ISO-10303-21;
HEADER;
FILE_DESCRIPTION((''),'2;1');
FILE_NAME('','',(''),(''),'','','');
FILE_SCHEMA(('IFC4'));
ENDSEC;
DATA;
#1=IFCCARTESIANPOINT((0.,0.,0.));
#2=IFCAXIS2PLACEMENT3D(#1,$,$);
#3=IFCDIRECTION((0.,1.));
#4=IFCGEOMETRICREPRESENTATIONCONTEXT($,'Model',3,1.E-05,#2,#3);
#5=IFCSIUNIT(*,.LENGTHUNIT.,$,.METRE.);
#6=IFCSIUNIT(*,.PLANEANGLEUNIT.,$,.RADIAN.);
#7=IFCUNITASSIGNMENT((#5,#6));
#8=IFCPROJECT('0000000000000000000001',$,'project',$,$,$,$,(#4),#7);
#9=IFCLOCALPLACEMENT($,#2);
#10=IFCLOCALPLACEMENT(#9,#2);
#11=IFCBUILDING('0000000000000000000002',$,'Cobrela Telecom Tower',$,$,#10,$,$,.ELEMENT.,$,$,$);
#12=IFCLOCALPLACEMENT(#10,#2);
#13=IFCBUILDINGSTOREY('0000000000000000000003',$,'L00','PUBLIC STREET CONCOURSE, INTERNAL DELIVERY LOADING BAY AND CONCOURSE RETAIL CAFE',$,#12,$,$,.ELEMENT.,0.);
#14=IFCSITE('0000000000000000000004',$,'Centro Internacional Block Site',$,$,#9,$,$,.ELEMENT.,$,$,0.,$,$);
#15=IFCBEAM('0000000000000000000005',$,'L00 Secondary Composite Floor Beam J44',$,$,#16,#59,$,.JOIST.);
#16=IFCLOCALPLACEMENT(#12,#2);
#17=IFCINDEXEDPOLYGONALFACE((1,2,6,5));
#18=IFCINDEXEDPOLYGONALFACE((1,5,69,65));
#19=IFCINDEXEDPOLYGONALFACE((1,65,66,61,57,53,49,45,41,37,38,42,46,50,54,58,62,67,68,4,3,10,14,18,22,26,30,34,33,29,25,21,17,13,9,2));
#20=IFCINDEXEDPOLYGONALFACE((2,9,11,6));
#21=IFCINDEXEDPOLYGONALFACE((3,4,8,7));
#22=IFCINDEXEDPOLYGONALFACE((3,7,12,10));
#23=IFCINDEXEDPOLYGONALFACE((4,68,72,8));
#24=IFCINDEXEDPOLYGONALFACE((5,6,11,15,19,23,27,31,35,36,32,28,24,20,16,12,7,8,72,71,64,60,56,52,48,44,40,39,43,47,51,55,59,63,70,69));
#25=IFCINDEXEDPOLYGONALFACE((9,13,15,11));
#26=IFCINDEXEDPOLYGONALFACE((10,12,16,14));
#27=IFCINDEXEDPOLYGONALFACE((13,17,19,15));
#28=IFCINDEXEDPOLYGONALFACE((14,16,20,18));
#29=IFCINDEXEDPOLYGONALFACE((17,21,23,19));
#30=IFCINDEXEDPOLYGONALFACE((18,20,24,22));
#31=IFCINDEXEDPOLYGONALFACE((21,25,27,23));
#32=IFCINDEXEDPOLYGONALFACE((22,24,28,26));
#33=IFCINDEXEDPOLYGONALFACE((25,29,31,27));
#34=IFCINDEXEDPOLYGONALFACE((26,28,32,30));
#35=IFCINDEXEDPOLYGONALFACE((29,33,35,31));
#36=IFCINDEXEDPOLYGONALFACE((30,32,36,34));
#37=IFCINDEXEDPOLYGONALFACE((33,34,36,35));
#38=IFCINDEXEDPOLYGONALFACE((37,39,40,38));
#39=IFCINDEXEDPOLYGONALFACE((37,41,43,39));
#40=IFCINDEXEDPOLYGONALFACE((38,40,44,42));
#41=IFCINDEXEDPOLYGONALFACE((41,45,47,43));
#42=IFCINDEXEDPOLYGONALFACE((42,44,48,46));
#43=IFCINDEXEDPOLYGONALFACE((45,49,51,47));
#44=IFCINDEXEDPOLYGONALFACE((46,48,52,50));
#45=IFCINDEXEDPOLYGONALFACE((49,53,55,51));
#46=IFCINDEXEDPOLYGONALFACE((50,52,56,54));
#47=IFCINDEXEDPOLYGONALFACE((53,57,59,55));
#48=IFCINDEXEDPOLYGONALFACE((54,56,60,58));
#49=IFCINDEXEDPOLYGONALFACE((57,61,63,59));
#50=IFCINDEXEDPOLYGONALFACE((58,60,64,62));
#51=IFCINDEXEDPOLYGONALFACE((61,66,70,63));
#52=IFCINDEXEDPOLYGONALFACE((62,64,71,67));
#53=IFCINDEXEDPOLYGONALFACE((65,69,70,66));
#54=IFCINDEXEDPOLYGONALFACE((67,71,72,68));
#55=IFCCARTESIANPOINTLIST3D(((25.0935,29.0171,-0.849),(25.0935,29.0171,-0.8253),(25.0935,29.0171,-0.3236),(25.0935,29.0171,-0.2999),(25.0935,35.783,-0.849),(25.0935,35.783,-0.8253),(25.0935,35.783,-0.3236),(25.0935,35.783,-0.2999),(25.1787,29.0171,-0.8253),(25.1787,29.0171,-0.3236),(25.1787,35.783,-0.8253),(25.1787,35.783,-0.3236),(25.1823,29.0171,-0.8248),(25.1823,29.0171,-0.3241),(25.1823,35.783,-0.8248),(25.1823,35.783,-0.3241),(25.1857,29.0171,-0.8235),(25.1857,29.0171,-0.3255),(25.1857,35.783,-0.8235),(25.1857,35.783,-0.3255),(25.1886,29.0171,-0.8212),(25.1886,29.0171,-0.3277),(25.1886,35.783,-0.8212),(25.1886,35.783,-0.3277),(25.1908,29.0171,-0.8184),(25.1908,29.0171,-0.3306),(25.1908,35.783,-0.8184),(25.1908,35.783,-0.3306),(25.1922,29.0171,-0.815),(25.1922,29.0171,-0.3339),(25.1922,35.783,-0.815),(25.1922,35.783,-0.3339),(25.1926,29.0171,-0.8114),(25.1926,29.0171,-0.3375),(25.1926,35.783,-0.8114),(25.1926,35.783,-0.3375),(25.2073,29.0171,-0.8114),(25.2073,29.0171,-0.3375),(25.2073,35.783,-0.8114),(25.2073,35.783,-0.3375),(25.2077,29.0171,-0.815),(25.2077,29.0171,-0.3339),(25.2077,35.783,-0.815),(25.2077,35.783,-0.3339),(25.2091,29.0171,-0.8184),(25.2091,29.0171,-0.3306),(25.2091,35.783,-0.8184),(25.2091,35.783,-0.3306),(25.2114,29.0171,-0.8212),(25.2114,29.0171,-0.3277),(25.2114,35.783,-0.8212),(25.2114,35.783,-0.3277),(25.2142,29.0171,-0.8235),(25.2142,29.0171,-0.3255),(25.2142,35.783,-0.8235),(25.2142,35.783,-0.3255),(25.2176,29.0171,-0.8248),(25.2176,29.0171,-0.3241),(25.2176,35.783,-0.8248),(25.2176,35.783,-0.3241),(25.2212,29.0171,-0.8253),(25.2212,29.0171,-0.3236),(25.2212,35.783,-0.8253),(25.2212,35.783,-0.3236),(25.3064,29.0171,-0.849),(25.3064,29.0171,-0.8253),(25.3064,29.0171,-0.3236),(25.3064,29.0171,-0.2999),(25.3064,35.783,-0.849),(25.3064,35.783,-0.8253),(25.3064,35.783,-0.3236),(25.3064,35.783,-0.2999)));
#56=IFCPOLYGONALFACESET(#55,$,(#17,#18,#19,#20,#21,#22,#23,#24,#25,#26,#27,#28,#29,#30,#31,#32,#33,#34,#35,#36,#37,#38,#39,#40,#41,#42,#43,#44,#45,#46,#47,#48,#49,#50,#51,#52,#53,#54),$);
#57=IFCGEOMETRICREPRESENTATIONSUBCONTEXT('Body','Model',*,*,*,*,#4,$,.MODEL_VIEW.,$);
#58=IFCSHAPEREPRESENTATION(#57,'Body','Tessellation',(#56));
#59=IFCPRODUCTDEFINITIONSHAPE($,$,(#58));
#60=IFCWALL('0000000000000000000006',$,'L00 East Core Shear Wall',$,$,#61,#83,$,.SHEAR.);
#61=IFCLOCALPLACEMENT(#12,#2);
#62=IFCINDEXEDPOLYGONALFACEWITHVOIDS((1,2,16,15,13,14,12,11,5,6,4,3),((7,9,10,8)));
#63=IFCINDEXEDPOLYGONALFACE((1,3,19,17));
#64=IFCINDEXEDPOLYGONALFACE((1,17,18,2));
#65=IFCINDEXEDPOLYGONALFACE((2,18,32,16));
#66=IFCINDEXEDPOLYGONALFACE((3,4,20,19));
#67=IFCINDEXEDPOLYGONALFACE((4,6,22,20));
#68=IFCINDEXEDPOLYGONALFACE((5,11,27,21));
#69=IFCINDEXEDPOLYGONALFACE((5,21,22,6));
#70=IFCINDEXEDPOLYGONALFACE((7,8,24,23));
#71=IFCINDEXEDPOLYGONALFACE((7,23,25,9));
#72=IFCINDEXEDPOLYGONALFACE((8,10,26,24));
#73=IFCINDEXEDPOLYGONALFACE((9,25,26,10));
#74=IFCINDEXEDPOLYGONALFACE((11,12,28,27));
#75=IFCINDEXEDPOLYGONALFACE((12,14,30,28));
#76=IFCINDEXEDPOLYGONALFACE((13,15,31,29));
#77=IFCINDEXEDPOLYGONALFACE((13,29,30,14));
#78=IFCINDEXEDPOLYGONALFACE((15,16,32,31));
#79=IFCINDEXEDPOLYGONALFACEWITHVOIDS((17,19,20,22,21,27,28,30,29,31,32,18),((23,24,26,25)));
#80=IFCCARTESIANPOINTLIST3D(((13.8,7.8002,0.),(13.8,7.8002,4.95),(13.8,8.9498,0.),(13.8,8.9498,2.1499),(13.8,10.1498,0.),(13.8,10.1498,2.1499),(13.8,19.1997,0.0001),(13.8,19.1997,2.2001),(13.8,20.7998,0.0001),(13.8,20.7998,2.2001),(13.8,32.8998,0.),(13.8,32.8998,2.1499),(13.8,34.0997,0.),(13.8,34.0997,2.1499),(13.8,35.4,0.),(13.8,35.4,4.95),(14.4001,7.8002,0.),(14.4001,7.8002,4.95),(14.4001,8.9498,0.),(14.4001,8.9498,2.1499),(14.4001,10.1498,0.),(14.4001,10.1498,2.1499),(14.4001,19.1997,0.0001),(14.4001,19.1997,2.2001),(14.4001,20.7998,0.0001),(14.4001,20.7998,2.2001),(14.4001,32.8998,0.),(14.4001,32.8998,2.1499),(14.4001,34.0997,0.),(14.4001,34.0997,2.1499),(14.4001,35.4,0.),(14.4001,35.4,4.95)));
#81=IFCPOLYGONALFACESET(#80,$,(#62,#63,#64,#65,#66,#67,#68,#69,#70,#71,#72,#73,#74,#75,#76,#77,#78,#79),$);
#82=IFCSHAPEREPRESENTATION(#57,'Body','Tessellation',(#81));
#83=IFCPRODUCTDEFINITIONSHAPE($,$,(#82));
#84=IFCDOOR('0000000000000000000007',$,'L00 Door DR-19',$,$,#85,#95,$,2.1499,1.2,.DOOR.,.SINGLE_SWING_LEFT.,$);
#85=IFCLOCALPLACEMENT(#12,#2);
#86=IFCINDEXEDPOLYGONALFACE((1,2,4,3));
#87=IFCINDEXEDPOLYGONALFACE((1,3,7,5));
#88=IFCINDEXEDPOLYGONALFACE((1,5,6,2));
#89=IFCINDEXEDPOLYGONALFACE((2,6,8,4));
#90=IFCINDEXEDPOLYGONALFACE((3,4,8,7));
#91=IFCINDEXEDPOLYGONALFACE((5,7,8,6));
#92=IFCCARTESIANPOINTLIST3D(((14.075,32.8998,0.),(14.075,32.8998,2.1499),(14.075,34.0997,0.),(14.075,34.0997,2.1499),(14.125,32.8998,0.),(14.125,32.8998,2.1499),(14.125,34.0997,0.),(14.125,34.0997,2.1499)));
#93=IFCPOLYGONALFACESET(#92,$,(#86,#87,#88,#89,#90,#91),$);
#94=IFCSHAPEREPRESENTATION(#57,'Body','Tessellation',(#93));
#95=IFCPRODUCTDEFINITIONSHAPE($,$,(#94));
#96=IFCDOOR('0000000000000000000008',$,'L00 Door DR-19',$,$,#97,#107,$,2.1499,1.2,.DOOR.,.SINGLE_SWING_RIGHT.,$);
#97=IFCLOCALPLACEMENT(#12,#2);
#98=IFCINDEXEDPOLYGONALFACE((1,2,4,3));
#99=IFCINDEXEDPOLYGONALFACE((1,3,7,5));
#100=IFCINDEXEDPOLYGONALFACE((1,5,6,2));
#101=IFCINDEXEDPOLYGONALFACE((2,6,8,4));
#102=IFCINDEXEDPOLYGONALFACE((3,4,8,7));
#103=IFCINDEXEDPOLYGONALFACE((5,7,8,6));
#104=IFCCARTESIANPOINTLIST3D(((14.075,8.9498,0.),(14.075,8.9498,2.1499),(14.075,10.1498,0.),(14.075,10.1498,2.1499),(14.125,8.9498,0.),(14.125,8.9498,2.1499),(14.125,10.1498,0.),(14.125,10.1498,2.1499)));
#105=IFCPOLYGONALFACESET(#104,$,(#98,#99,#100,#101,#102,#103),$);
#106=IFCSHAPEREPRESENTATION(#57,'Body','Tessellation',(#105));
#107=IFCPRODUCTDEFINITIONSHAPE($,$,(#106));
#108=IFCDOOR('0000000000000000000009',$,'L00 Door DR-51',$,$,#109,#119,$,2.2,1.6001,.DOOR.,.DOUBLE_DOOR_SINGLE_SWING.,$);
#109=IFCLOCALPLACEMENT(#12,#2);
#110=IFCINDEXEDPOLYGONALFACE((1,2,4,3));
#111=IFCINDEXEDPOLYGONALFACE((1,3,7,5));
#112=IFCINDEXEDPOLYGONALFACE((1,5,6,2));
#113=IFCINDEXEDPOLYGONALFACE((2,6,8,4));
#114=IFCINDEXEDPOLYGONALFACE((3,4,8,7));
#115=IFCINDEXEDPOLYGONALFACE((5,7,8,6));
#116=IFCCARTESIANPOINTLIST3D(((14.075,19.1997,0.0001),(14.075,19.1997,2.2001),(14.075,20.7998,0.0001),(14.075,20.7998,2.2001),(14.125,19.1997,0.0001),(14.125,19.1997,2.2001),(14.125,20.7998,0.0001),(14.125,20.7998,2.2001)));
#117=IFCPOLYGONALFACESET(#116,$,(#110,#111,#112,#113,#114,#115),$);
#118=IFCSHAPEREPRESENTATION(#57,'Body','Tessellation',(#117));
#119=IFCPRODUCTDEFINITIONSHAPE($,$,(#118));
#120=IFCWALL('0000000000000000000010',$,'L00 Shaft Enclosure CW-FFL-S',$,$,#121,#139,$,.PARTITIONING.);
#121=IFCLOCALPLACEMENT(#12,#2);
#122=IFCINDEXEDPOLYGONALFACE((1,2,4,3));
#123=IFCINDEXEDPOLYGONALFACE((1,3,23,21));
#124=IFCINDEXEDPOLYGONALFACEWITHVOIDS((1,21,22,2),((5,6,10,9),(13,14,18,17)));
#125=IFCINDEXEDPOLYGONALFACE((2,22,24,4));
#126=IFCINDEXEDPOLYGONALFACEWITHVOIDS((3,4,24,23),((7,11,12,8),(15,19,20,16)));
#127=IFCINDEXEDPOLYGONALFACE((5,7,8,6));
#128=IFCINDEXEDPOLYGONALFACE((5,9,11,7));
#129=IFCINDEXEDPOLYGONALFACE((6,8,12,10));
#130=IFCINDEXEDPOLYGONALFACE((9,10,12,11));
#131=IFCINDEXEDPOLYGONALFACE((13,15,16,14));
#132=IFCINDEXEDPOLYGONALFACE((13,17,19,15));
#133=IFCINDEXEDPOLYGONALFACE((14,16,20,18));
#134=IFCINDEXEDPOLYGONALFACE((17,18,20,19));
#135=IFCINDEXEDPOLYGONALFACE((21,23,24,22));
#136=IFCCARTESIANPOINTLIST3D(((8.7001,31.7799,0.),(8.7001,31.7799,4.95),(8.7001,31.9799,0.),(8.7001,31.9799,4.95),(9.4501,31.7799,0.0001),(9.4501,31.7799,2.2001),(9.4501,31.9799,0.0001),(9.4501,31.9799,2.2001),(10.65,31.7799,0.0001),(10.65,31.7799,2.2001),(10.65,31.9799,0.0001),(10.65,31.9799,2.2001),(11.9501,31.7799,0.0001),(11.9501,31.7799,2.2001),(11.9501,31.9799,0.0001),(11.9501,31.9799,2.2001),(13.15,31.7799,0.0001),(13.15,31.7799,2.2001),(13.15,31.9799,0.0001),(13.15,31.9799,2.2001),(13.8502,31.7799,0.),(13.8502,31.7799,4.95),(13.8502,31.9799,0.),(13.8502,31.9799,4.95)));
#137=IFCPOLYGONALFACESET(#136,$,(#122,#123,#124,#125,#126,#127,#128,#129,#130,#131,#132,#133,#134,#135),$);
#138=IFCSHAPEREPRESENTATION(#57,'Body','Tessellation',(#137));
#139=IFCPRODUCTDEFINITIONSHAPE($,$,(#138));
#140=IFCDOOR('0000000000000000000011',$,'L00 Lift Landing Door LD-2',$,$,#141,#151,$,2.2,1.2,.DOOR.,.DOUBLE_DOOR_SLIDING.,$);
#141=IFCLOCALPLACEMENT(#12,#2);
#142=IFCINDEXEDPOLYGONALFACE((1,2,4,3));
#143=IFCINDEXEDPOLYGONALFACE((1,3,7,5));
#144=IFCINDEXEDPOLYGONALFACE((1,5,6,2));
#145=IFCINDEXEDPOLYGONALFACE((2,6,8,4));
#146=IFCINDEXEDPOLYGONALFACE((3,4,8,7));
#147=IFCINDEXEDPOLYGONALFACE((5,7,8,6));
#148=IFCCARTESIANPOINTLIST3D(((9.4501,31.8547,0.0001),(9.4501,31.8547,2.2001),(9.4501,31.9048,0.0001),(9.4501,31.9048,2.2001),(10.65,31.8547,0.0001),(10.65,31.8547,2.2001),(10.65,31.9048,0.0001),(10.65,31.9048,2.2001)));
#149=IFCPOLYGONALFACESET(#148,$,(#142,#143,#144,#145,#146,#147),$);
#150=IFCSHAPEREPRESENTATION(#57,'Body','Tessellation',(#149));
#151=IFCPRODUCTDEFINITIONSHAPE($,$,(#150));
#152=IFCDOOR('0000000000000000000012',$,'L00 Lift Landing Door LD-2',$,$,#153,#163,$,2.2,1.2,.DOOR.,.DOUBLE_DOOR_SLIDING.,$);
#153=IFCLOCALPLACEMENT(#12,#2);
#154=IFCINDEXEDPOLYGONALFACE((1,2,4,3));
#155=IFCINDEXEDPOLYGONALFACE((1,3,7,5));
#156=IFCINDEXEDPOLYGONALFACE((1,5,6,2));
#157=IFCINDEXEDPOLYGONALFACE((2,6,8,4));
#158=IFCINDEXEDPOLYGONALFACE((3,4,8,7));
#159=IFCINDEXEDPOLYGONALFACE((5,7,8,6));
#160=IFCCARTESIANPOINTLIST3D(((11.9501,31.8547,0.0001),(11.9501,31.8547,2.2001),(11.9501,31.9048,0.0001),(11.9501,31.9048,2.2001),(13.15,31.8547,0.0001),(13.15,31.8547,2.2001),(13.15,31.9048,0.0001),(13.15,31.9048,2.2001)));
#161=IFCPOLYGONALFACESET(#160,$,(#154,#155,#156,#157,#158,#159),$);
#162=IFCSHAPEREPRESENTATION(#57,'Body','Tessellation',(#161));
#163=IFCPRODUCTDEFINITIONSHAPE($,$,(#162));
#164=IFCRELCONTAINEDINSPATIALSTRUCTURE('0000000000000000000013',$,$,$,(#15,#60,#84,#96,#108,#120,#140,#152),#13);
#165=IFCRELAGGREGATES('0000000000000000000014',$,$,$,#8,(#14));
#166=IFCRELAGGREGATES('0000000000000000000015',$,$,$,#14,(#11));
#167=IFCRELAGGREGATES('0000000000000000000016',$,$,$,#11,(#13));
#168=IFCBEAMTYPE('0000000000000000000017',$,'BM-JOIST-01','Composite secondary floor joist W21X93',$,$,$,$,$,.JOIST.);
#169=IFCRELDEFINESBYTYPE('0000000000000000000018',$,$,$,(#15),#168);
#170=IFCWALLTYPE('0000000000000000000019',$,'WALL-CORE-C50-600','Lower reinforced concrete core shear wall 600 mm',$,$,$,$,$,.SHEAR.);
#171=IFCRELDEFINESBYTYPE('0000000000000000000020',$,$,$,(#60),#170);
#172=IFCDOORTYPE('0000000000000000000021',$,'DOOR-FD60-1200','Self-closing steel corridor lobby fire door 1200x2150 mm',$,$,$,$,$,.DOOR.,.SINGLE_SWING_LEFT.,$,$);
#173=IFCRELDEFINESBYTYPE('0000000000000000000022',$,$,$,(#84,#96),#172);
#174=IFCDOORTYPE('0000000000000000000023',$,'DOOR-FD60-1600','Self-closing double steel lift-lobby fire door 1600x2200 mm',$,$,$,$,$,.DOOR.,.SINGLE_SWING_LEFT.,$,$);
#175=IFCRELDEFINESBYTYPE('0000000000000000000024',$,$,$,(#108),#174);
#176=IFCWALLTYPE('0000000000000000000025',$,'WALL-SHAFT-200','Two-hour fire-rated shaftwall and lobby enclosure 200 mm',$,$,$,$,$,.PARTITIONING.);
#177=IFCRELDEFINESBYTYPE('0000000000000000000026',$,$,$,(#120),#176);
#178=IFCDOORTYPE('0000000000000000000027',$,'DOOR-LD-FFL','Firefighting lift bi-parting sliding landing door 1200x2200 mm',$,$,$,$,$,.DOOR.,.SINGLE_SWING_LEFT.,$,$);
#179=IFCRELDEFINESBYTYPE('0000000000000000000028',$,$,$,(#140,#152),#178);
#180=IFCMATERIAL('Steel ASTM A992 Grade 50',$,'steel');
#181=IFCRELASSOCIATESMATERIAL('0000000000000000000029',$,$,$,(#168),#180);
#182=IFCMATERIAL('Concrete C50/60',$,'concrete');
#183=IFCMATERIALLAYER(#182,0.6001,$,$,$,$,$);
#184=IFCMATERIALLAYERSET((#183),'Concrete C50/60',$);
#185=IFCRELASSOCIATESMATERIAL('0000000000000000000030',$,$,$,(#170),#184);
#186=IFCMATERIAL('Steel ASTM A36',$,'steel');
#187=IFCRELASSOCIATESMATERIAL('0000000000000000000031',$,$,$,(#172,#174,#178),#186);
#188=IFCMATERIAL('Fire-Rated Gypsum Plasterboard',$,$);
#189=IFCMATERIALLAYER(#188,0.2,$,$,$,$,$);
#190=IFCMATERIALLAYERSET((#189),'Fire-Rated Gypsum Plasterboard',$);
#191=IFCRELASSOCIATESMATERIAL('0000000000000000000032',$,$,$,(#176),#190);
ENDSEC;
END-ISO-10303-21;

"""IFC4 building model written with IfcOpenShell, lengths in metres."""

from ifc_helpers import new_model, si_unit, direction, frame, frame_2d, origin, origin_2d, place, context, subcontext, project, spatial, rectangle, i_section, extrude, material, layer, layer_set, material_profile, profile_set, type_object, element, fill, save


model = new_model("IFC4")

# Units and contexts
model_context = context("Model", 3, precision=1e-05, world=origin(), true_north=direction((0.0, 1.0)))
body_context = subcontext(model_context, "Body", "Model", "MODEL_VIEW")
ifc_project = project(units=[si_unit("LENGTHUNIT", "METRE"), si_unit("PLANEANGLEUNIT", "RADIAN")], contexts=[model_context])

# Site, building, storey
site_placement = place(None, origin())
site = spatial("IfcSite", under=ifc_project, at=site_placement, Name="Centro Internacional Block Site", CompositionType="ELEMENT", RefElevation=0.0)
building_placement = place(site_placement, origin())
building = spatial("IfcBuilding", under=site, at=building_placement, Name="Cobrela Telecom Tower", CompositionType="ELEMENT")
storey_placement = place(building_placement, origin())
storey = spatial("IfcBuildingStorey", under=building, at=storey_placement, Name="L00", Description="PUBLIC STREET CONCOURSE, INTERNAL DELIVERY LOADING BAY AND CONCOURSE RETAIL CAFE", CompositionType="ELEMENT", Elevation=0.0)

# Beam
ifc_material_1 = material(Name="Steel ASTM A992 Grade 50", Category="steel")
ifc_material_profile_1 = material_profile(ifc_material_1, i_section(OverallWidth=0.2129, OverallDepth=0.5491, WebThickness=0.0146, FlangeThickness=0.0237, FilletRadius=0.0139, at=origin_2d()), Name="W21X93")
ifc_profile_set_1 = profile_set([ifc_material_profile_1], Name="Steel ASTM A992 Grade 50")
beam_type_1 = type_object("IfcBeamType", Name="BM-JOIST-01", Description="Composite secondary floor joist W21X93", PredefinedType="JOIST", material=ifc_profile_set_1)
beam_1_placement = place(storey_placement, frame((25.2, 29.0171, -0.5745), z_axis=(0.0, 1.0, 0.0), x_axis=(-1.0, 0.0, 0.0)))
element("IfcBeam", 1, at=beam_1_placement, inside=storey, type_object=beam_type_1, Name="L00 Secondary Composite Floor Beam J44", PredefinedType="JOIST", context=body_context, shape_type="SweptSolid", body=[
    extrude(i_section(OverallWidth=0.2129, OverallDepth=0.5491, WebThickness=0.0146, FlangeThickness=0.0237, FilletRadius=0.0139, at=origin_2d()), origin(), (0.0, 0.0, 1.0), 6.7659),
])

# Walls, openings, doors
ifc_material_2 = material(Name="Concrete C50/60", Category="concrete")
ifc_layer_1 = layer(ifc_material_2, 0.6001)
ifc_layer_set_1 = layer_set([ifc_layer_1], Name="Concrete C50/60")
wall_type_1 = type_object("IfcWallType", Name="WALL-CORE-C50-600", Description="Lower reinforced concrete core shear wall 600 mm", PredefinedType="SHEAR", material=ifc_layer_set_1)
wall_1_placement = place(storey_placement, frame((14.1001, 35.3999, 0.0), z_axis=(0.0, 0.0, 1.0), x_axis=(0.0, -1.0, 0.0)))
wall_1 = element("IfcWall", 2, at=wall_1_placement, inside=storey, type_object=wall_type_1, Name="L00 East Core Shear Wall", PredefinedType="SHEAR", context=body_context, shape_type="SweptSolid", body=[
    extrude(rectangle(XDim=27.5999, YDim=0.6001, at=frame_2d((13.7998, 0.0))), origin(), (0.0, 0.0, 1.0), 4.95),
])
opening_1_placement = place(wall_1_placement, frame((1.3, 0.0, 0.0)))
opening_1 = element("IfcOpeningElement", 3, at=opening_1_placement, cuts=wall_1, PredefinedType="OPENING", context=body_context, shape_type="SweptSolid", body=[
    extrude(rectangle(XDim=1.2, YDim=2.1499, at=frame_2d((0.6001, 1.075))), frame((0.0, 0.312, 0.0), z_axis=(0.0, -1.0, 0.0), x_axis=(1.0, 0.0, 0.0)), (0.0, 0.0, 1.0), 0.624),
])
opening_2_placement = place(wall_1_placement, frame((25.25, 0.0, 0.0)))
opening_2 = element("IfcOpeningElement", 4, at=opening_2_placement, cuts=wall_1, PredefinedType="OPENING", context=body_context, shape_type="SweptSolid", body=[
    extrude(rectangle(XDim=1.2, YDim=2.1499, at=frame_2d((0.6001, 1.075))), frame((0.0, 0.312, 0.0), z_axis=(0.0, -1.0, 0.0), x_axis=(1.0, 0.0, 0.0)), (0.0, 0.0, 1.0), 0.624),
])
opening_3_placement = place(wall_1_placement, frame((14.6001, 0.0, 0.0)))
opening_3 = element("IfcOpeningElement", 5, at=opening_3_placement, cuts=wall_1, PredefinedType="OPENING", context=body_context, shape_type="SweptSolid", body=[
    extrude(rectangle(XDim=1.6001, YDim=2.2, at=frame_2d((0.8, 1.1001))), frame((0.0, 0.312, 0.0), z_axis=(0.0, -1.0, 0.0), x_axis=(1.0, 0.0, 0.0)), (0.0, 0.0, 1.0), 0.624),
])
ifc_material_3 = material(Name="Steel ASTM A36", Category="steel")
door_type_1 = type_object("IfcDoorType", Name="DOOR-FD60-1200", Description="Self-closing steel corridor lobby fire door 1200x2150 mm", OperationType="SINGLE_SWING_LEFT", PredefinedType="DOOR", material=ifc_material_3)
door_1_placement = place(opening_1_placement, origin())
door_1 = element("IfcDoor", 6, at=door_1_placement, inside=storey, type_object=door_type_1, Name="L00 Door DR-19", OperationType="SINGLE_SWING_LEFT", OverallHeight=2.1499, OverallWidth=1.2, PredefinedType="DOOR", context=body_context, shape_type="SweptSolid", body=[
    extrude(rectangle(XDim=1.2, YDim=2.1499, at=frame_2d((0.6001, 1.075))), frame((0.0, 0.0249, 0.0), z_axis=(0.0, -1.0, 0.0), x_axis=(1.0, 0.0, 0.0)), (0.0, 0.0, 1.0), 0.05),
])
fill(opening_1, door_1)
door_2_placement = place(opening_2_placement, origin())
door_2 = element("IfcDoor", 7, at=door_2_placement, inside=storey, type_object=door_type_1, Name="L00 Door DR-19", OperationType="SINGLE_SWING_RIGHT", OverallHeight=2.1499, OverallWidth=1.2, PredefinedType="DOOR", context=body_context, shape_type="SweptSolid", body=[
    extrude(rectangle(XDim=1.2, YDim=2.1499, at=frame_2d((0.6001, 1.075))), frame((0.0, 0.0249, 0.0), z_axis=(0.0, -1.0, 0.0), x_axis=(1.0, 0.0, 0.0)), (0.0, 0.0, 1.0), 0.05),
])
fill(opening_2, door_2)
door_type_2 = type_object("IfcDoorType", Name="DOOR-FD60-1600", Description="Self-closing double steel lift-lobby fire door 1600x2200 mm", OperationType="SINGLE_SWING_LEFT", PredefinedType="DOOR", material=ifc_material_3)
door_3_placement = place(opening_3_placement, origin())
door_3 = element("IfcDoor", 8, at=door_3_placement, inside=storey, type_object=door_type_2, Name="L00 Door DR-51", OperationType="DOUBLE_DOOR_SINGLE_SWING", OverallHeight=2.2, OverallWidth=1.6001, PredefinedType="DOOR", context=body_context, shape_type="SweptSolid", body=[
    extrude(rectangle(XDim=1.6001, YDim=2.2, at=frame_2d((0.8, 1.1001))), frame((0.0, 0.0249, 0.0), z_axis=(0.0, -1.0, 0.0), x_axis=(1.0, 0.0, 0.0)), (0.0, 0.0, 1.0), 0.05),
])
fill(opening_3, door_3)
ifc_material_4 = material(Name="Fire-Rated Gypsum Plasterboard")
ifc_layer_2 = layer(ifc_material_4, 0.2)
ifc_layer_set_2 = layer_set([ifc_layer_2], Name="Fire-Rated Gypsum Plasterboard")
wall_type_2 = type_object("IfcWallType", Name="WALL-SHAFT-200", Description="Two-hour fire-rated shaftwall and lobby enclosure 200 mm", PredefinedType="PARTITIONING", material=ifc_layer_set_2)
wall_2_placement = place(storey_placement, frame((8.7, 31.8799, 0.0), z_axis=(0.0, 0.0, 1.0), x_axis=(1.0, 0.0, 0.0)))
wall_2 = element("IfcWall", 9, at=wall_2_placement, inside=storey, type_object=wall_type_2, Name="L00 Shaft Enclosure CW-FFL-S", PredefinedType="PARTITIONING", context=body_context, shape_type="SweptSolid", body=[
    extrude(rectangle(XDim=5.1501, YDim=0.2, at=frame_2d((2.5752, 0.0))), origin(), (0.0, 0.0, 1.0), 4.95),
])
opening_4_placement = place(wall_2_placement, frame((0.75, 0.0, 0.0)))
opening_4 = element("IfcOpeningElement", 10, at=opening_4_placement, cuts=wall_2, PredefinedType="OPENING", context=body_context, shape_type="SweptSolid", body=[
    extrude(rectangle(XDim=1.2, YDim=2.2, at=frame_2d((0.6001, 1.1001))), frame((0.0, 0.1118, 0.0), z_axis=(0.0, -1.0, 0.0), x_axis=(1.0, 0.0, 0.0)), (0.0, 0.0, 1.0), 0.2239),
])
opening_5_placement = place(wall_2_placement, frame((3.25, 0.0, 0.0)))
opening_5 = element("IfcOpeningElement", 11, at=opening_5_placement, cuts=wall_2, PredefinedType="OPENING", context=body_context, shape_type="SweptSolid", body=[
    extrude(rectangle(XDim=1.2, YDim=2.2, at=frame_2d((0.6001, 1.1001))), frame((0.0, 0.1118, 0.0), z_axis=(0.0, -1.0, 0.0), x_axis=(1.0, 0.0, 0.0)), (0.0, 0.0, 1.0), 0.2239),
])
door_type_3 = type_object("IfcDoorType", Name="DOOR-LD-FFL", Description="Firefighting lift bi-parting sliding landing door 1200x2200 mm", OperationType="SINGLE_SWING_LEFT", PredefinedType="DOOR", material=ifc_material_3)
door_4_placement = place(opening_4_placement, origin())
door_4 = element("IfcDoor", 12, at=door_4_placement, inside=storey, type_object=door_type_3, Name="L00 Lift Landing Door LD-2", OperationType="DOUBLE_DOOR_SLIDING", OverallHeight=2.2, OverallWidth=1.2, PredefinedType="DOOR", context=body_context, shape_type="SweptSolid", body=[
    extrude(rectangle(XDim=1.2, YDim=2.2, at=frame_2d((0.6001, 1.1001))), frame((0.0, 0.0249, 0.0), z_axis=(0.0, -1.0, 0.0), x_axis=(1.0, 0.0, 0.0)), (0.0, 0.0, 1.0), 0.05),
])
fill(opening_4, door_4)
door_5_placement = place(opening_5_placement, origin())
door_5 = element("IfcDoor", 13, at=door_5_placement, inside=storey, type_object=door_type_3, Name="L00 Lift Landing Door LD-2", OperationType="DOUBLE_DOOR_SLIDING", OverallHeight=2.2, OverallWidth=1.2, PredefinedType="DOOR", context=body_context, shape_type="SweptSolid", body=[
    extrude(rectangle(XDim=1.2, YDim=2.2, at=frame_2d((0.6001, 1.1001))), frame((0.0, 0.0249, 0.0), z_axis=(0.0, -1.0, 0.0), x_axis=(1.0, 0.0, 0.0)), (0.0, 0.0, 1.0), 0.05),
])
fill(opening_5, door_5)

save(model, "model.ifc")
